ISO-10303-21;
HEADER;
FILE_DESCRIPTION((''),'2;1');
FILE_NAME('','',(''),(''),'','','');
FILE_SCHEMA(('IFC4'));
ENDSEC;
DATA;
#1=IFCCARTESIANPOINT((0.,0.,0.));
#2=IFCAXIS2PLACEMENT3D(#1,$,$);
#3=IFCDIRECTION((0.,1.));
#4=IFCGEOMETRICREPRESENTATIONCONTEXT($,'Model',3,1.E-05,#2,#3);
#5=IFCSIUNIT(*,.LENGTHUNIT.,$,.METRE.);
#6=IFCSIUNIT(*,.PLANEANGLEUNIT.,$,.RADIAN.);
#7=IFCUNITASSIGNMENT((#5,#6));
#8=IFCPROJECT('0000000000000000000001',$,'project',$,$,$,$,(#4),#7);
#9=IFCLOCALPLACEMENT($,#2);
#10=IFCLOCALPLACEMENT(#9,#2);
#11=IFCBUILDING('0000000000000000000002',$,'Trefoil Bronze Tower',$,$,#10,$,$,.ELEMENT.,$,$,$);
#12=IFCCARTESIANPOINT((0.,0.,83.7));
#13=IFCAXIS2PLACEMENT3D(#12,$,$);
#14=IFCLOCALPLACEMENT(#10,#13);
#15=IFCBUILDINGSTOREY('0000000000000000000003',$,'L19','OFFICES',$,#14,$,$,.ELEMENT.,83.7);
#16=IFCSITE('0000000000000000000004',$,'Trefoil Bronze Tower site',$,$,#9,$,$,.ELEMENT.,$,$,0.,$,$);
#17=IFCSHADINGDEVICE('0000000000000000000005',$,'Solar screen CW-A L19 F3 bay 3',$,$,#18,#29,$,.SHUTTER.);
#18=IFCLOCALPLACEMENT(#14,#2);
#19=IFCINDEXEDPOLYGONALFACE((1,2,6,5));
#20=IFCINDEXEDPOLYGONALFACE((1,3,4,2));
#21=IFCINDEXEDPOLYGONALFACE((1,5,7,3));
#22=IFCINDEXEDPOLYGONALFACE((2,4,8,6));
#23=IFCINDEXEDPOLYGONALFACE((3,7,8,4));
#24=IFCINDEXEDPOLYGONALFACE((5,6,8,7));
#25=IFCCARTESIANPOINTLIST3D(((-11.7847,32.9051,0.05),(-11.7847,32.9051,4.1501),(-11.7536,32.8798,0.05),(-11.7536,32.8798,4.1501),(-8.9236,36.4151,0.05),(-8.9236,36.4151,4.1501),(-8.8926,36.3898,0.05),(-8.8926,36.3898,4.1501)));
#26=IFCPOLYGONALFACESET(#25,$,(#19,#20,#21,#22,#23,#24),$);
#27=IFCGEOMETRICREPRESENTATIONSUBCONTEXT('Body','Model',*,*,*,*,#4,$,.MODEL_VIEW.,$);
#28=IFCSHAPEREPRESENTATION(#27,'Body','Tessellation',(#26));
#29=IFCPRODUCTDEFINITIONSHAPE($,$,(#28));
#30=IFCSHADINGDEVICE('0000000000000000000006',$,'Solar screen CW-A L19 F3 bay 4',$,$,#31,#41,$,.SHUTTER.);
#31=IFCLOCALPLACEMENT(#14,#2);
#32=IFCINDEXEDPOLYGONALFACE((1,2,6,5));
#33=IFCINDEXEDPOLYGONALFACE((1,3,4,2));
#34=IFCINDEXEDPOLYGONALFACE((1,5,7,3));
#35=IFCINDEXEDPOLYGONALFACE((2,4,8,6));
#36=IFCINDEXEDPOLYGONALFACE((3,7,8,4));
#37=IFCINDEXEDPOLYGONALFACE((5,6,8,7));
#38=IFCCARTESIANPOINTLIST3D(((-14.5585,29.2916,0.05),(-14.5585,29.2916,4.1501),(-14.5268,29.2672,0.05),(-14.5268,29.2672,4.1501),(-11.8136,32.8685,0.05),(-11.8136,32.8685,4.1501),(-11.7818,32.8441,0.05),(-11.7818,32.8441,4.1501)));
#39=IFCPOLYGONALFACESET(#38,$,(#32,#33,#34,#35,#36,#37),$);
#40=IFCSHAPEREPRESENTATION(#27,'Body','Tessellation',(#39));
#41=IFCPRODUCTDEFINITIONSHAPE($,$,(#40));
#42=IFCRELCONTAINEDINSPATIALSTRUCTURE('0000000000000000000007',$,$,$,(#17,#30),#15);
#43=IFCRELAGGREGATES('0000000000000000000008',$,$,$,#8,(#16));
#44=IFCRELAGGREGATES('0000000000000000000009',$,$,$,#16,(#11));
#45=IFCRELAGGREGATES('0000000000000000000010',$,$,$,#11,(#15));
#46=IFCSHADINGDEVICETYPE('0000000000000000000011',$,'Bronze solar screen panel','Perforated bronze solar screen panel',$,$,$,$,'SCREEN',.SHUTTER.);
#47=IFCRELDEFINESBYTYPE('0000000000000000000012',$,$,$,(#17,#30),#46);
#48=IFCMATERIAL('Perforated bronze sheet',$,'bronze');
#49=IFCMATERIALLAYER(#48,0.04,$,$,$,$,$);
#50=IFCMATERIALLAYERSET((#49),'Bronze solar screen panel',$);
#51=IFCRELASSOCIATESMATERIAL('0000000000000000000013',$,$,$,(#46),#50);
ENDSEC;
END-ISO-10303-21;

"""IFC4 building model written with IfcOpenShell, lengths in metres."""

from ifc_helpers import new_model, si_unit, direction, frame, origin, origin_2d, place, context, subcontext, project, spatial, rectangle, extrude, material, layer, layer_set, type_object, element, save


model = new_model("IFC4")

# Units and contexts
model_context = context("Model", 3, precision=1e-05, world=origin(), true_north=direction((0.0, 1.0)))
body_context = subcontext(model_context, "Body", "Model", "MODEL_VIEW")
ifc_project = project(units=[si_unit("LENGTHUNIT", "METRE"), si_unit("PLANEANGLEUNIT", "RADIAN")], contexts=[model_context])

# Site, building, storey
site_placement = place(None, origin())
site = spatial("IfcSite", under=ifc_project, at=site_placement, Name="Trefoil Bronze Tower site", CompositionType="ELEMENT", RefElevation=0.0)
building_placement = place(site_placement, origin())
building = spatial("IfcBuilding", under=site, at=building_placement, Name="Trefoil Bronze Tower", CompositionType="ELEMENT")
storey_placement = place(building_placement, frame((0.0, 0.0, 83.7)))
storey = spatial("IfcBuildingStorey", under=building, at=storey_placement, Name="L19", Description="OFFICES", CompositionType="ELEMENT", Elevation=83.7)

# Shading devices
ifc_material_1 = material(Name="Perforated bronze sheet", Category="bronze")
ifc_layer_1 = layer(ifc_material_1, 0.04)
ifc_layer_set_1 = layer_set([ifc_layer_1], Name="Bronze solar screen panel")
shading_device_type = type_object("IfcShadingDeviceType", Name="Bronze solar screen panel", Description="Perforated bronze solar screen panel", ElementType="SCREEN", PredefinedType="SHUTTER", material=ifc_layer_set_1)
shading_device_1_placement = place(storey_placement, frame((-10.3386, 34.6475, 0.05), z_axis=(0.0, 0.0, 1.0), x_axis=(-0.631811, -0.775123, 0.0)))
element("IfcShadingDevice", 1, at=shading_device_1_placement, inside=storey, type_object=shading_device_type, Name="Solar screen CW-A L19 F3 bay 3", PredefinedType="SHUTTER", context=body_context, shape_type="SweptSolid", body=[
    extrude(rectangle(XDim=4.5283, YDim=0.04, at=origin_2d()), origin(), (0.0, 0.0, 1.0), 4.1001),
])
shading_device_2_placement = place(storey_placement, frame((-13.1702, 31.0679, 0.05), z_axis=(0.0, 0.0, 1.0), x_axis=(-0.608808, -0.793318, 0.0)))
element("IfcShadingDevice", 2, at=shading_device_2_placement, inside=storey, type_object=shading_device_type, Name="Solar screen CW-A L19 F3 bay 4", PredefinedType="SHUTTER", context=body_context, shape_type="SweptSolid", body=[
    extrude(rectangle(XDim=4.5088, YDim=0.04, at=origin_2d()), origin(), (0.0, 0.0, 1.0), 4.1001),
])

save(model, "model.ifc")
